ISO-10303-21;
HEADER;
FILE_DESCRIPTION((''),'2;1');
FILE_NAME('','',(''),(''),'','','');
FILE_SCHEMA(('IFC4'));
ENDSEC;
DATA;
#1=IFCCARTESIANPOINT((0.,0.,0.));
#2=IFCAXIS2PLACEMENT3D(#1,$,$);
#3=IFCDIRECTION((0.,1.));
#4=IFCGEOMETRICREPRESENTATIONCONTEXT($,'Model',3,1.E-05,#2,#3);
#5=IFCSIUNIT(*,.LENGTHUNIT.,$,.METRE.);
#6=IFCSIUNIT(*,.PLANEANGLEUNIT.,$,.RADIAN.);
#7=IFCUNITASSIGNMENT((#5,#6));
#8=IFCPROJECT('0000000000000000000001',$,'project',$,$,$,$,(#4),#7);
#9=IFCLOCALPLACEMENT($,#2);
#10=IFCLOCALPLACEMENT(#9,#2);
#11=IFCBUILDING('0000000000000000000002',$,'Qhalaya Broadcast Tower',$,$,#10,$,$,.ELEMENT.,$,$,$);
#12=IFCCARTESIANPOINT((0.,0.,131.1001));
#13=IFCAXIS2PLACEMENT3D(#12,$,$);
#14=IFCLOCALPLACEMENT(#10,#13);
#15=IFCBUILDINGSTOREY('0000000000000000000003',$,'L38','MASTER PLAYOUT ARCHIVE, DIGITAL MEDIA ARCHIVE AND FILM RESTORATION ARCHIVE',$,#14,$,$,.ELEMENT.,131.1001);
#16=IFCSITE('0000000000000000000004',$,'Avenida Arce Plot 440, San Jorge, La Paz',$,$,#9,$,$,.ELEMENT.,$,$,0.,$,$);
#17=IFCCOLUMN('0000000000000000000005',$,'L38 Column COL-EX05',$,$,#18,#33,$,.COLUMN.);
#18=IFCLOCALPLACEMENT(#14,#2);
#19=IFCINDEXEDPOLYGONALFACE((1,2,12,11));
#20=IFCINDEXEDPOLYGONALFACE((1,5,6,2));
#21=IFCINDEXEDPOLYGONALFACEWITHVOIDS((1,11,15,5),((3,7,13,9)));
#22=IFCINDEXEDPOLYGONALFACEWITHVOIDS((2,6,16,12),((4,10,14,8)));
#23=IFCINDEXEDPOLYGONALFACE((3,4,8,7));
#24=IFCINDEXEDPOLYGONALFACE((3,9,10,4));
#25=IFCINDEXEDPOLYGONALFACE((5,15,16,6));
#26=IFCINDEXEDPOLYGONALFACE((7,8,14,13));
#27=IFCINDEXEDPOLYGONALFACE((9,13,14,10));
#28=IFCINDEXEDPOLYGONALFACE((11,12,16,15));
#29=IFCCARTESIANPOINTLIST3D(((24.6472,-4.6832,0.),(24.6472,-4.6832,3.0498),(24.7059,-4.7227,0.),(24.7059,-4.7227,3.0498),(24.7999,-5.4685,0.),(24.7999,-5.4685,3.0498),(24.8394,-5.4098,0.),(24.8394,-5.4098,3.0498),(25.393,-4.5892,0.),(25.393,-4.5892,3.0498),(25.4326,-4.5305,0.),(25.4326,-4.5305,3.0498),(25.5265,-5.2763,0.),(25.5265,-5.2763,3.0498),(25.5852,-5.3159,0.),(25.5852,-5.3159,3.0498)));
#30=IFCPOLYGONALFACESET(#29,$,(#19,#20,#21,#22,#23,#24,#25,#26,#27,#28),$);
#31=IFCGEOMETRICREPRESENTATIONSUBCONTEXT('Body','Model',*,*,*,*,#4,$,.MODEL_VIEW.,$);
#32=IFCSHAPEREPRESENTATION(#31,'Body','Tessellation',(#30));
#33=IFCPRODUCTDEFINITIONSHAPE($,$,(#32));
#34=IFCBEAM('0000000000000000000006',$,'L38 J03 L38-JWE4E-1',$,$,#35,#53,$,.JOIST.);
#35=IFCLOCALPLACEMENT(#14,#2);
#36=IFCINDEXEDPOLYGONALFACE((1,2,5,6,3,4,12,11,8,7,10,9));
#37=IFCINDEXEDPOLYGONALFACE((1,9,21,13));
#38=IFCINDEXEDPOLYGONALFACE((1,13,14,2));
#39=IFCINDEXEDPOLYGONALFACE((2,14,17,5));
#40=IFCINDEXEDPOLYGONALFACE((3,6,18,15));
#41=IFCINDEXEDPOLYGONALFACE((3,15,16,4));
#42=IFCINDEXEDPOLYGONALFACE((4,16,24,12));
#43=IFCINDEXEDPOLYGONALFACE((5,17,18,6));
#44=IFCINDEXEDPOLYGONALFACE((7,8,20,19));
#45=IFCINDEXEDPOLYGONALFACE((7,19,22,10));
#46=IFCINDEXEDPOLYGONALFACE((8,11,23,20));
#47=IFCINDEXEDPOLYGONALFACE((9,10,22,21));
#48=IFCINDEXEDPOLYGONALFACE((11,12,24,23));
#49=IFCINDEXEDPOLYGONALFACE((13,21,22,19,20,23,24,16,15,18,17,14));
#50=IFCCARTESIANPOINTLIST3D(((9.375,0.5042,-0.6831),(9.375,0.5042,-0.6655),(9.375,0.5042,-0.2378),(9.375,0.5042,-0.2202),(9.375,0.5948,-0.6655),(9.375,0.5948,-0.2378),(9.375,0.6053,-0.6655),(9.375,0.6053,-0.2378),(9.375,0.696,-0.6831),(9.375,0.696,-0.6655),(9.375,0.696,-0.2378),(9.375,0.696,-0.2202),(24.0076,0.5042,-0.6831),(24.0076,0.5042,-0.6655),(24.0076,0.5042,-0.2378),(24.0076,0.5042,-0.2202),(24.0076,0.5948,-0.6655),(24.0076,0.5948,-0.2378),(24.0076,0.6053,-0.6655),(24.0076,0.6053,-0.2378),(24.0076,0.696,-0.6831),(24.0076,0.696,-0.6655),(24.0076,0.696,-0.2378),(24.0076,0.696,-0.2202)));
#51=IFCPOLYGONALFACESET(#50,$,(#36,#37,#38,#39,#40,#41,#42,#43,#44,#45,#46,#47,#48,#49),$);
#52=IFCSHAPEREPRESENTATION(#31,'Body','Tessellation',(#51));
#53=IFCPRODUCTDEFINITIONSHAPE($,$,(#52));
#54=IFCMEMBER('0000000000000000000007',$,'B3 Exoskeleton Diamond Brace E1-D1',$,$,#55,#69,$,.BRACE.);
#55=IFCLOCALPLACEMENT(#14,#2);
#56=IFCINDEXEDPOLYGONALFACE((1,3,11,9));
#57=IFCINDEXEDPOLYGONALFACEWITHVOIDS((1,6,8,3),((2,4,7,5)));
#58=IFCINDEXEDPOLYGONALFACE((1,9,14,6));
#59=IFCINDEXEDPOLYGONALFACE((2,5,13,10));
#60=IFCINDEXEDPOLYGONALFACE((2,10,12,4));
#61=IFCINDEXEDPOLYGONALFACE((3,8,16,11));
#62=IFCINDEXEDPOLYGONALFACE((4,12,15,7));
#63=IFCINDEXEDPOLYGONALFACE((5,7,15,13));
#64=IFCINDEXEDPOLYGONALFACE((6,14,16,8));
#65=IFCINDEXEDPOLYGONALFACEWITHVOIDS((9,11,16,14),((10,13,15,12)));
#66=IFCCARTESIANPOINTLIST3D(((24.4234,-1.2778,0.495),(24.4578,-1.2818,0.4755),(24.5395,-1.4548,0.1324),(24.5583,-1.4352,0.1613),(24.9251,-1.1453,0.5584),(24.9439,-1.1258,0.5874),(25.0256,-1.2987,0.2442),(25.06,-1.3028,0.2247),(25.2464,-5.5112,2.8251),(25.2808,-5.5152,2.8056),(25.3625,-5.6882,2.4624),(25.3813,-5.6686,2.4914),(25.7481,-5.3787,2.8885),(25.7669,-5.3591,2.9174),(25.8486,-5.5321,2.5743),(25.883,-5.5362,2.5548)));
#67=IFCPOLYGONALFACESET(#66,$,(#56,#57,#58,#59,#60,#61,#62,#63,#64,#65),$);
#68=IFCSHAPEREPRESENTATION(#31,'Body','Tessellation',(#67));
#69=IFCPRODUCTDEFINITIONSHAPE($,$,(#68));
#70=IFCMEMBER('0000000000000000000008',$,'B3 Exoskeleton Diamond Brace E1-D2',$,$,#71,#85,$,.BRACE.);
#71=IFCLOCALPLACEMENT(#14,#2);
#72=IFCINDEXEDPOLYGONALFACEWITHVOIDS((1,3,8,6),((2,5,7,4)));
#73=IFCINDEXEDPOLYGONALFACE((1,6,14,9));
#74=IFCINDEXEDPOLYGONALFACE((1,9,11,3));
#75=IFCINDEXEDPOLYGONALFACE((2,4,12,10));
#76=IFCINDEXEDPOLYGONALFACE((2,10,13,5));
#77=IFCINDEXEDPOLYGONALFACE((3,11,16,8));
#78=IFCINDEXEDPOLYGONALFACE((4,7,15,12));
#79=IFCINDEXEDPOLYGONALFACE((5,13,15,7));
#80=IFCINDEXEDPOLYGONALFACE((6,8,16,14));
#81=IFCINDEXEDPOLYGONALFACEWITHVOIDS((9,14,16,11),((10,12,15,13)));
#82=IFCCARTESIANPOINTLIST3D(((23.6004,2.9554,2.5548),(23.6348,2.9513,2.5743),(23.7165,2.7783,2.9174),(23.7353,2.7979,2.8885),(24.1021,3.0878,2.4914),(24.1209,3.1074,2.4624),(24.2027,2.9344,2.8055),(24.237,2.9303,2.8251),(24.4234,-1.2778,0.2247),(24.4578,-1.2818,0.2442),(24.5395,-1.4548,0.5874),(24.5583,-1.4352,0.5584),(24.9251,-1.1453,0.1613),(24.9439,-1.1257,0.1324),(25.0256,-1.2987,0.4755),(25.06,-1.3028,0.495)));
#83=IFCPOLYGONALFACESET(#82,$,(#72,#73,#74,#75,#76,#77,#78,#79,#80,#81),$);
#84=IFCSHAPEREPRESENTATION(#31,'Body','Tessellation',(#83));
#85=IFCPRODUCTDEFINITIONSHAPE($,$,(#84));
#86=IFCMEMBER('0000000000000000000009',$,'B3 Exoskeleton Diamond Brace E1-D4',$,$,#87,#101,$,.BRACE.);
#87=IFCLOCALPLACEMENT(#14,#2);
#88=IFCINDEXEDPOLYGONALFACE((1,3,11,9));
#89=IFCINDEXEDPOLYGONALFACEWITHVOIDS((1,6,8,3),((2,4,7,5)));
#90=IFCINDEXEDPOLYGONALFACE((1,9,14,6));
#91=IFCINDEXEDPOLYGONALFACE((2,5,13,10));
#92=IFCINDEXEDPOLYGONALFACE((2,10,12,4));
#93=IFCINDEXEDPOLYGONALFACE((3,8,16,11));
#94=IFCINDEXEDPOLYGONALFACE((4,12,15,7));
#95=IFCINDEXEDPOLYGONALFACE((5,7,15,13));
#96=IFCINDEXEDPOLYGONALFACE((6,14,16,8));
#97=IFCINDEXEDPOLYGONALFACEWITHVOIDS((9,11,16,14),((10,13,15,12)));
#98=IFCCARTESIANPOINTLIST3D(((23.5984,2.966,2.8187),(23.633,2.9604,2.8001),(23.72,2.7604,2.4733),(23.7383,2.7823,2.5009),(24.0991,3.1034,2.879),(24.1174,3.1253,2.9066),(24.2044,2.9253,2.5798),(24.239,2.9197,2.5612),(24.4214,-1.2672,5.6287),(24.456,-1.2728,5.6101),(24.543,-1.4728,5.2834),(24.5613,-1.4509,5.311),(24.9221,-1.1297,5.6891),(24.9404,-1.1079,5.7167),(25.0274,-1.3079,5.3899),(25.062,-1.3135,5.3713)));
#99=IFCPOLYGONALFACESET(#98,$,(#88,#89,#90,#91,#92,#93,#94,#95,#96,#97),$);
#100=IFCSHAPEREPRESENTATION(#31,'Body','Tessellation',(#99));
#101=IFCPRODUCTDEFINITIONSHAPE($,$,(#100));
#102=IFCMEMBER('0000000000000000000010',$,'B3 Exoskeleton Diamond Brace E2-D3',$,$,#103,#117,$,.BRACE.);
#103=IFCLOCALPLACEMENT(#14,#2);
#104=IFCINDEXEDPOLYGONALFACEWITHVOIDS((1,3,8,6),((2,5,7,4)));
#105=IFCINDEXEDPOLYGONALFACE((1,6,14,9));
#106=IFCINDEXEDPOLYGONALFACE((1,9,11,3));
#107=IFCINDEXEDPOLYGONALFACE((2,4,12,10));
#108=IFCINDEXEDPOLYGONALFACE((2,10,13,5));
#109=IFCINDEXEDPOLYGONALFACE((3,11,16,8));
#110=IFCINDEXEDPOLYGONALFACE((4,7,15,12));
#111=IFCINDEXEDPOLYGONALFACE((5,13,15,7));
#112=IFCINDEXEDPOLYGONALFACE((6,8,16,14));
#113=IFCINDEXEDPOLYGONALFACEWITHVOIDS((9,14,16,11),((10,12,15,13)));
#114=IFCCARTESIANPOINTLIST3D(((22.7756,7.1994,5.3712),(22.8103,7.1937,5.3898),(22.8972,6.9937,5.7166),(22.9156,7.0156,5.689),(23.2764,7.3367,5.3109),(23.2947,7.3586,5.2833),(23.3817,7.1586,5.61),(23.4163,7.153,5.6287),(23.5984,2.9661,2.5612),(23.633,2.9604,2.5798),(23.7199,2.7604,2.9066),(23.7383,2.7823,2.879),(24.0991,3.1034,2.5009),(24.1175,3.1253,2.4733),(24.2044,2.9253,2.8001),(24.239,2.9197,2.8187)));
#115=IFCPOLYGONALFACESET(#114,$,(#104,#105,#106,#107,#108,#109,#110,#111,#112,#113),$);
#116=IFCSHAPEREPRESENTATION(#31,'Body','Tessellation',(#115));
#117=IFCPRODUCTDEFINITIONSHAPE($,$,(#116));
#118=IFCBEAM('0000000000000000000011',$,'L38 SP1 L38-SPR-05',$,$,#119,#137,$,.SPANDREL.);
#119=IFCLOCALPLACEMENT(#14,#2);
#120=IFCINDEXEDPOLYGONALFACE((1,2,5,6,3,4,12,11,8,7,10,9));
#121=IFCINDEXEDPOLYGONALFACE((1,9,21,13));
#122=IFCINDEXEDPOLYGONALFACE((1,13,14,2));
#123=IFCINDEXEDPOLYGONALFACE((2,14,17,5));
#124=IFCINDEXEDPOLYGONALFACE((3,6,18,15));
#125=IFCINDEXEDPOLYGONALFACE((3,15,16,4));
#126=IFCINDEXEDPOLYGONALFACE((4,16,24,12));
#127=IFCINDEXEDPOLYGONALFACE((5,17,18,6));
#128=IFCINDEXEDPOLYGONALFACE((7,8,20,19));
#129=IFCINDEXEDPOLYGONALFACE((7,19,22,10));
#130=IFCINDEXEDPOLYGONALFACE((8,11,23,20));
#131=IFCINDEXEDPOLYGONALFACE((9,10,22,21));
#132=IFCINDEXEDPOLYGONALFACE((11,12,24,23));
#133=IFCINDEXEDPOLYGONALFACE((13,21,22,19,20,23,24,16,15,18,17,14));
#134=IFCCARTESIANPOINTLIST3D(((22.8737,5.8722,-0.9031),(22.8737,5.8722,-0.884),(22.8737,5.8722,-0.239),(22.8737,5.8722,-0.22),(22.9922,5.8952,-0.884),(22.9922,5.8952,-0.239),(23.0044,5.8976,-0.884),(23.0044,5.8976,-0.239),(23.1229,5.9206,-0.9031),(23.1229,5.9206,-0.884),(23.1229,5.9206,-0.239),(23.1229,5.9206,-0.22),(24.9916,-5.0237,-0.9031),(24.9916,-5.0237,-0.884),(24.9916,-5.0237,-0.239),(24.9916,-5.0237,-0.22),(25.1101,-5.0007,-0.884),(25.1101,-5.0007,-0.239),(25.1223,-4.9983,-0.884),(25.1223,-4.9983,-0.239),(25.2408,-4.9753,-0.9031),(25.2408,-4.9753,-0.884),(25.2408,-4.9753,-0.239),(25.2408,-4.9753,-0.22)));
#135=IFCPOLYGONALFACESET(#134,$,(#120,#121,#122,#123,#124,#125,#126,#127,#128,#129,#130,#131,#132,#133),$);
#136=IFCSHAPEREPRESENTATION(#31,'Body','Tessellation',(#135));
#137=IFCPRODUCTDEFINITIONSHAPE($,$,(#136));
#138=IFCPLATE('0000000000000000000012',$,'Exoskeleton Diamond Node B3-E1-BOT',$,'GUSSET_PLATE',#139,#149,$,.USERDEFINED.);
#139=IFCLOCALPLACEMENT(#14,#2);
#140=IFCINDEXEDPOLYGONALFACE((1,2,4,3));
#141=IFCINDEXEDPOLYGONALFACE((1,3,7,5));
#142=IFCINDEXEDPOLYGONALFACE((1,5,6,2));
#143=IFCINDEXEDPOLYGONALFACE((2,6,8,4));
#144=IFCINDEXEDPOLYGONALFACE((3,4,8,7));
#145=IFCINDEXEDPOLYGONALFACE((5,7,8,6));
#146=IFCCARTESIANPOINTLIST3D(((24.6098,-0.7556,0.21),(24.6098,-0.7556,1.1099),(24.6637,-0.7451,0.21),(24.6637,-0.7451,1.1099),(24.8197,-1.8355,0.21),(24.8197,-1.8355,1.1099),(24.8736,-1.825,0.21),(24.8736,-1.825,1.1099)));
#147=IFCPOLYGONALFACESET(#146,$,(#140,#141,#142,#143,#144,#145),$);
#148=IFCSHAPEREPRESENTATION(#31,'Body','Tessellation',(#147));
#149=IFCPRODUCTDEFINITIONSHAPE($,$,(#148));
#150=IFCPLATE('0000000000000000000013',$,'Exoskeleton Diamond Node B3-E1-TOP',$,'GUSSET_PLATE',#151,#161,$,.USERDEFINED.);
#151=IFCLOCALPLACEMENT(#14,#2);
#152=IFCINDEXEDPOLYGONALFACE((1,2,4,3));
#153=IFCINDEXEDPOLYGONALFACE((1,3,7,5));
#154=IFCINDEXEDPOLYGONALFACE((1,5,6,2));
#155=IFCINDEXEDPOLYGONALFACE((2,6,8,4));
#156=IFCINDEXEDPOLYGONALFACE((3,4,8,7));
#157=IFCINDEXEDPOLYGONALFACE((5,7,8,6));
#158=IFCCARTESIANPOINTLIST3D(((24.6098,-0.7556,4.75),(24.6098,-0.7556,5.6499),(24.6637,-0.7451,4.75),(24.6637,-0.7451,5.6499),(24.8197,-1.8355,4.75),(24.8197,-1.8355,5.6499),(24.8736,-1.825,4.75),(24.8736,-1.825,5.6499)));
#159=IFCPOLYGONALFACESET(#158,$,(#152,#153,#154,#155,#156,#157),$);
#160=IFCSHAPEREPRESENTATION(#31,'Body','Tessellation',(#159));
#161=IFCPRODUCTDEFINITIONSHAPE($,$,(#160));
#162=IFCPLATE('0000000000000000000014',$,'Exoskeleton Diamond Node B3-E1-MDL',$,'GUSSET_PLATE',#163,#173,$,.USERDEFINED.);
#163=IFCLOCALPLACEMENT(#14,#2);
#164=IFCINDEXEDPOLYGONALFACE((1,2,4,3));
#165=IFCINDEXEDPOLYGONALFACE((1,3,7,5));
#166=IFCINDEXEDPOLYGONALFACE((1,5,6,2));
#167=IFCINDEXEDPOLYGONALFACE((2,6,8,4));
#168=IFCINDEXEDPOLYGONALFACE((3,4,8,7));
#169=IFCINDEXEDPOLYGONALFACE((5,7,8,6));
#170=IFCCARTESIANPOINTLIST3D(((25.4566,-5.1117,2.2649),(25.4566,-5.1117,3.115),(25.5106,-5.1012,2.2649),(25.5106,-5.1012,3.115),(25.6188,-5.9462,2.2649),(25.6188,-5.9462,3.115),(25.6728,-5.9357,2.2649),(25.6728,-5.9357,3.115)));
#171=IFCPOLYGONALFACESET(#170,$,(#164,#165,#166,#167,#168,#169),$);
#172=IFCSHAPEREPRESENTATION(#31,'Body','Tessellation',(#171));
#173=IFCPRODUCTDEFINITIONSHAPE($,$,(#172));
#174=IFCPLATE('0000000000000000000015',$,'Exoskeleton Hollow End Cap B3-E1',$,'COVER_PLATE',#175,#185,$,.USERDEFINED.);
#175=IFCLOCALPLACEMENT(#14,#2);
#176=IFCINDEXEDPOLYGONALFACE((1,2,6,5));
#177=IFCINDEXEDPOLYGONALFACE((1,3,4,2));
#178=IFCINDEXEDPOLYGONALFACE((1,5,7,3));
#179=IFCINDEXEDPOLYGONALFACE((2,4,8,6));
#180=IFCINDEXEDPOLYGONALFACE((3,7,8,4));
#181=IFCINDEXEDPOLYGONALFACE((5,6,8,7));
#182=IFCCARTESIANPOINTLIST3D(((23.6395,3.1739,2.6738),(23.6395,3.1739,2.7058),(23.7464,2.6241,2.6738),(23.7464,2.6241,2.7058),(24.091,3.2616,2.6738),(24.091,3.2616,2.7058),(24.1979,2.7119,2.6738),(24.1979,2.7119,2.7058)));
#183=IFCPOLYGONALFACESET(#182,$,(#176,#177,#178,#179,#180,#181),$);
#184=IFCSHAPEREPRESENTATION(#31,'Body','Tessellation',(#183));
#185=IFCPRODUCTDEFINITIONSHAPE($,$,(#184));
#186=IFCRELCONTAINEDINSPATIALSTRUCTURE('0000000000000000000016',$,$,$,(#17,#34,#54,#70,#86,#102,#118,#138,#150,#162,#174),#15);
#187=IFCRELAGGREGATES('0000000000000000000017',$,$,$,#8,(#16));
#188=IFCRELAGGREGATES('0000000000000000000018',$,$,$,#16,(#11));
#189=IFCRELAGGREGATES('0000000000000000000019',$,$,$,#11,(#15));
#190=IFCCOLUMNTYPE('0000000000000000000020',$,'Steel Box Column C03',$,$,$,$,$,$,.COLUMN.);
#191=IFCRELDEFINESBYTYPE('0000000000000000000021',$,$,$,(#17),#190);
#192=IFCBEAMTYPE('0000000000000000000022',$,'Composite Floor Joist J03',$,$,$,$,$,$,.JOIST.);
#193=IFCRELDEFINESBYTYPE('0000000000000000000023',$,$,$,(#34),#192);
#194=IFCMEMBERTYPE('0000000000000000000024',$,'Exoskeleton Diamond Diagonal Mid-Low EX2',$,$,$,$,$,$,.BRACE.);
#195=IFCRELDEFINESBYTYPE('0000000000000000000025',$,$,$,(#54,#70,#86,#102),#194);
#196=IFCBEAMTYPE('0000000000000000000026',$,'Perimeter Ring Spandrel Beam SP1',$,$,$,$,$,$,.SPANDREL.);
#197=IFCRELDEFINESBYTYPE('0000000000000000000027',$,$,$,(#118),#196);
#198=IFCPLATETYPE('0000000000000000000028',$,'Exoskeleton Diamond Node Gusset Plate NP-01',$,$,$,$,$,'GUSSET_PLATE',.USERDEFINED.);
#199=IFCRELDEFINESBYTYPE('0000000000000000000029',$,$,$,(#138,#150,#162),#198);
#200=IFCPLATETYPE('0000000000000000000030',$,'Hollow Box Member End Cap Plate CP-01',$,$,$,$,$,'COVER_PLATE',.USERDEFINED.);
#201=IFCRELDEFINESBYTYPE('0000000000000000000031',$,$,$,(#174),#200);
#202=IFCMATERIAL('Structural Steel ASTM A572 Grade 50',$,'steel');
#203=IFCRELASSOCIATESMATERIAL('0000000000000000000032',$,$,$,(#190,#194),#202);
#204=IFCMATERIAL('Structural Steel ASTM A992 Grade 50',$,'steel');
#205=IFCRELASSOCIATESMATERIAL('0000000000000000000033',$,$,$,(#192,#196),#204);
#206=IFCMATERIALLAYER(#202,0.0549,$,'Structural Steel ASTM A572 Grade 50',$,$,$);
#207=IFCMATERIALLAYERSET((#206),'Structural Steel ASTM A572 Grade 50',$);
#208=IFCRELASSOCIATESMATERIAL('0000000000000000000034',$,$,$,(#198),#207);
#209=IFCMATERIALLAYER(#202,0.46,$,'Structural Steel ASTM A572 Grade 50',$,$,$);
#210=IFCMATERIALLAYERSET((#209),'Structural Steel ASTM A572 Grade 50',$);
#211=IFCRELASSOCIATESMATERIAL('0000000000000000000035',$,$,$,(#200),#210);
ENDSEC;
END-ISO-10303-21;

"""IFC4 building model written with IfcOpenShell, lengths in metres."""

from ifc_helpers import new_model, si_unit, direction, frame, origin, origin_2d, place, context, subcontext, project, spatial, rectangle, hollow_rectangle, i_section, extrude, material, layer, layer_set, material_profile, profile_set, type_object, element, save


model = new_model("IFC4")

# Units and contexts
model_context = context("Model", 3, precision=1e-05, world=origin(), true_north=direction((0.0, 1.0)))
body_context = subcontext(model_context, "Body", "Model", "MODEL_VIEW")
ifc_project = project(units=[si_unit("LENGTHUNIT", "METRE"), si_unit("PLANEANGLEUNIT", "RADIAN")], contexts=[model_context])

# Site, building, storey
site_placement = place(None, origin())
site = spatial("IfcSite", under=ifc_project, at=site_placement, Name="Avenida Arce Plot 440, San Jorge, La Paz", CompositionType="ELEMENT", RefElevation=0.0)
building_placement = place(site_placement, origin())
building = spatial("IfcBuilding", under=site, at=building_placement, Name="Qhalaya Broadcast Tower", CompositionType="ELEMENT")
storey_placement = place(building_placement, frame((0.0, 0.0, 131.1001)))
storey = spatial("IfcBuildingStorey", under=building, at=storey_placement, Name="L38", Description="MASTER PLAYOUT ARCHIVE, DIGITAL MEDIA ARCHIVE AND FILM RESTORATION ARCHIVE", CompositionType="ELEMENT", Elevation=131.1001)

# Column
ifc_material_1 = material(Name="Structural Steel ASTM A572 Grade 50", Category="steel")
ifc_material_profile_1 = material_profile(ifc_material_1, hollow_rectangle(XDim=0.8, YDim=0.8, WallThickness=0.05, at=origin_2d()), Name="BOX 800x800x50")
ifc_profile_set_1 = profile_set([ifc_material_profile_1], Name="Structural Steel ASTM A572 Grade 50")
column_type = type_object("IfcColumnType", Name="Steel Box Column C03", PredefinedType="COLUMN", material=ifc_profile_set_1)
column_placement = place(storey_placement, frame((25.1162, -4.9995, 0.0), z_axis=(0.0, 0.0, 1.0), x_axis=(-0.190809, 0.981627, 0.0)))
element("IfcColumn", 1, at=column_placement, inside=storey, type_object=column_type, Name="L38 Column COL-EX05", PredefinedType="COLUMN", context=body_context, shape_type="SweptSolid", body=[
    extrude(hollow_rectangle(XDim=0.8, YDim=0.8, WallThickness=0.05, at=origin_2d()), origin(), (0.0, 0.0, 1.0), 3.0498),
])

# Beam
ifc_material_2 = material(Name="Structural Steel ASTM A992 Grade 50", Category="steel")
ifc_material_profile_2 = material_profile(ifc_material_2, i_section(OverallWidth=0.1919, OverallDepth=0.4629, WebThickness=0.0105, FlangeThickness=0.0176, at=origin_2d()), Name="W18X60")
ifc_profile_set_2 = profile_set([ifc_material_profile_2], Name="Structural Steel ASTM A992 Grade 50")
beam_type_1 = type_object("IfcBeamType", Name="Composite Floor Joist J03", PredefinedType="JOIST", material=ifc_profile_set_2)
beam_1_placement = place(storey_placement, frame((9.375, 0.6001, -0.4517), z_axis=(1.0, 0.0, 0.0), x_axis=(0.0, 1.0, 0.0)))
element("IfcBeam", 2, at=beam_1_placement, inside=storey, type_object=beam_type_1, Name="L38 J03 L38-JWE4E-1", PredefinedType="JOIST", context=body_context, shape_type="SweptSolid", body=[
    extrude(i_section(OverallWidth=0.1919, OverallDepth=0.4629, WebThickness=0.0105, FlangeThickness=0.0176, at=origin_2d()), origin(), (0.0, 0.0, 1.0), 14.6326),
])

# Members
ifc_material_profile_3 = material_profile(ifc_material_1, hollow_rectangle(XDim=0.4199, YDim=0.55, WallThickness=0.0281, at=origin_2d()), Name="BOX 420x550x28")
ifc_profile_set_3 = profile_set([ifc_material_profile_3], Name="Structural Steel ASTM A572 Grade 50")
member_type = type_object("IfcMemberType", Name="Exoskeleton Diamond Diagonal Mid-Low EX2", PredefinedType="BRACE", material=ifc_profile_set_3)
member_1_placement = place(storey_placement, frame((24.7417, -1.2903, 0.3599), z_axis=(0.167895, -0.863631, 0.475346), x_axis=(-0.276348, 0.421624, 0.863635)))
element("IfcMember", 3, at=member_1_placement, inside=storey, type_object=member_type, Name="B3 Exoskeleton Diamond Brace E1-D1", PredefinedType="BRACE", context=body_context, shape_type="SweptSolid", body=[
    extrude(hollow_rectangle(XDim=0.4199, YDim=0.55, WallThickness=0.0281, at=origin_2d()), origin(), (0.0, 0.0, 1.0), 4.9019),
])
member_2_placement = place(storey_placement, frame((24.7417, -1.2903, 0.3599), z_axis=(-0.167902, 0.863618, 0.475366), x_axis=(0.276356, -0.421641, 0.863624)))
element("IfcMember", 4, at=member_2_placement, inside=storey, type_object=member_type, Name="B3 Exoskeleton Diamond Brace E1-D2", PredefinedType="BRACE", context=body_context, shape_type="SweptSolid", body=[
    extrude(hollow_rectangle(XDim=0.4199, YDim=0.55, WallThickness=0.0281, at=origin_2d()), origin(), (0.0, 0.0, 1.0), 4.9016),
])
for number, where, z_axis, x_axis, name in (
    (5, (23.9187, 2.9429, 2.6899), (0.159893, -0.822424, 0.545943), (-0.289578, 0.489647, 0.822429), "B3 Exoskeleton Diamond Brace E1-D4"),
    (6, (23.9187, 2.9429, 2.6899), (-0.159841, 0.822445, 0.545925), (0.289542, -0.48965, 0.82244), "B3 Exoskeleton Diamond Brace E2-D3"),
):
    element("IfcMember", number, at=place(storey_placement, frame(where, z_axis=z_axis, x_axis=x_axis)), inside=storey, type_object=member_type, Name=name, PredefinedType="BRACE", context=body_context, shape_type="SweptSolid", body=[
        extrude(hollow_rectangle(XDim=0.4199, YDim=0.55, WallThickness=0.0281, at=origin_2d()), origin(), (0.0, 0.0, 1.0), 5.1472),
    ])

# Beam
ifc_material_profile_4 = material_profile(ifc_material_2, i_section(OverallWidth=0.2539, OverallDepth=0.6831, WebThickness=0.0125, FlangeThickness=0.019, at=origin_2d()), Name="W27X94")
ifc_profile_set_4 = profile_set([ifc_material_profile_4], Name="Structural Steel ASTM A992 Grade 50")
beam_type_2 = type_object("IfcBeamType", Name="Perimeter Ring Spandrel Beam SP1", PredefinedType="SPANDREL", material=ifc_profile_set_4)
beam_2_placement = place(storey_placement, frame((25.1162, -4.9995, -0.5615), z_axis=(-0.190805, 0.981628, 0.0), x_axis=(-0.981628, -0.190805, 0.0)))
element("IfcBeam", 7, at=beam_2_placement, inside=storey, type_object=beam_type_2, Name="L38 SP1 L38-SPR-05", PredefinedType="SPANDREL", context=body_context, shape_type="SweptSolid", body=[
    extrude(i_section(OverallWidth=0.2539, OverallDepth=0.6831, WebThickness=0.0125, FlangeThickness=0.019, at=origin_2d()), origin(), (0.0, 0.0, 1.0), 11.0999),
])

# Plates
ifc_layer_1 = layer(ifc_material_1, 0.0549, Name="Structural Steel ASTM A572 Grade 50")
ifc_layer_set_1 = layer_set([ifc_layer_1], Name="Structural Steel ASTM A572 Grade 50")
plate_type_1 = type_object("IfcPlateType", Name="Exoskeleton Diamond Node Gusset Plate NP-01", ElementType="GUSSET_PLATE", PredefinedType="USERDEFINED", material=ifc_layer_set_1)
for number, where, z_axis, x_axis, name in (
    (8, (24.7417, -1.2903, 0.21), (0.0, 0.0, 1.0), (-0.190809, 0.981627, 0.0), "Exoskeleton Diamond Node B3-E1-BOT"),
    (9, (24.7417, -1.2903, 4.75), (0.0, 0.0, 1.0), (-0.190809, 0.981627, 0.0), "Exoskeleton Diamond Node B3-E1-TOP"),
):
    element("IfcPlate", number, at=place(storey_placement, frame(where, z_axis=z_axis, x_axis=x_axis)), inside=storey, type_object=plate_type_1, Name=name, ObjectType="GUSSET_PLATE", PredefinedType="USERDEFINED", context=body_context, shape_type="SweptSolid", body=[
        extrude(rectangle(XDim=1.1001, YDim=0.0549, at=origin_2d()), origin(), (0.0, 0.0, 1.0), 0.8999),
    ])
plate_1_placement = place(storey_placement, frame((25.5647, -5.5237, 2.2649), z_axis=(0.0, 0.0, 1.0), x_axis=(-0.190809, 0.981627, 0.0)))
element("IfcPlate", 10, at=plate_1_placement, inside=storey, type_object=plate_type_1, Name="Exoskeleton Diamond Node B3-E1-MDL", ObjectType="GUSSET_PLATE", PredefinedType="USERDEFINED", context=body_context, shape_type="SweptSolid", body=[
    extrude(rectangle(XDim=0.8501, YDim=0.0549, at=origin_2d()), origin(), (0.0, 0.0, 1.0), 0.8501),
])
ifc_layer_2 = layer(ifc_material_1, 0.46, Name="Structural Steel ASTM A572 Grade 50")
ifc_layer_set_2 = layer_set([ifc_layer_2], Name="Structural Steel ASTM A572 Grade 50")
plate_type_2 = type_object("IfcPlateType", Name="Hollow Box Member End Cap Plate CP-01", ElementType="COVER_PLATE", PredefinedType="USERDEFINED", material=ifc_layer_set_2)
plate_2_placement = place(storey_placement, frame((23.9187, 2.9429, 2.6738), z_axis=(0.0, 0.0, 1.0), x_axis=(-0.190809, 0.981627, 0.0)))
element("IfcPlate", 11, at=plate_2_placement, inside=storey, type_object=plate_type_2, Name="Exoskeleton Hollow End Cap B3-E1", ObjectType="COVER_PLATE", PredefinedType="USERDEFINED", context=body_context, shape_type="SweptSolid", body=[
    extrude(rectangle(XDim=0.5601, YDim=0.46, at=origin_2d()), origin(), (0.0, 0.0, 1.0), 0.032),
])

save(model, "model.ifc")
